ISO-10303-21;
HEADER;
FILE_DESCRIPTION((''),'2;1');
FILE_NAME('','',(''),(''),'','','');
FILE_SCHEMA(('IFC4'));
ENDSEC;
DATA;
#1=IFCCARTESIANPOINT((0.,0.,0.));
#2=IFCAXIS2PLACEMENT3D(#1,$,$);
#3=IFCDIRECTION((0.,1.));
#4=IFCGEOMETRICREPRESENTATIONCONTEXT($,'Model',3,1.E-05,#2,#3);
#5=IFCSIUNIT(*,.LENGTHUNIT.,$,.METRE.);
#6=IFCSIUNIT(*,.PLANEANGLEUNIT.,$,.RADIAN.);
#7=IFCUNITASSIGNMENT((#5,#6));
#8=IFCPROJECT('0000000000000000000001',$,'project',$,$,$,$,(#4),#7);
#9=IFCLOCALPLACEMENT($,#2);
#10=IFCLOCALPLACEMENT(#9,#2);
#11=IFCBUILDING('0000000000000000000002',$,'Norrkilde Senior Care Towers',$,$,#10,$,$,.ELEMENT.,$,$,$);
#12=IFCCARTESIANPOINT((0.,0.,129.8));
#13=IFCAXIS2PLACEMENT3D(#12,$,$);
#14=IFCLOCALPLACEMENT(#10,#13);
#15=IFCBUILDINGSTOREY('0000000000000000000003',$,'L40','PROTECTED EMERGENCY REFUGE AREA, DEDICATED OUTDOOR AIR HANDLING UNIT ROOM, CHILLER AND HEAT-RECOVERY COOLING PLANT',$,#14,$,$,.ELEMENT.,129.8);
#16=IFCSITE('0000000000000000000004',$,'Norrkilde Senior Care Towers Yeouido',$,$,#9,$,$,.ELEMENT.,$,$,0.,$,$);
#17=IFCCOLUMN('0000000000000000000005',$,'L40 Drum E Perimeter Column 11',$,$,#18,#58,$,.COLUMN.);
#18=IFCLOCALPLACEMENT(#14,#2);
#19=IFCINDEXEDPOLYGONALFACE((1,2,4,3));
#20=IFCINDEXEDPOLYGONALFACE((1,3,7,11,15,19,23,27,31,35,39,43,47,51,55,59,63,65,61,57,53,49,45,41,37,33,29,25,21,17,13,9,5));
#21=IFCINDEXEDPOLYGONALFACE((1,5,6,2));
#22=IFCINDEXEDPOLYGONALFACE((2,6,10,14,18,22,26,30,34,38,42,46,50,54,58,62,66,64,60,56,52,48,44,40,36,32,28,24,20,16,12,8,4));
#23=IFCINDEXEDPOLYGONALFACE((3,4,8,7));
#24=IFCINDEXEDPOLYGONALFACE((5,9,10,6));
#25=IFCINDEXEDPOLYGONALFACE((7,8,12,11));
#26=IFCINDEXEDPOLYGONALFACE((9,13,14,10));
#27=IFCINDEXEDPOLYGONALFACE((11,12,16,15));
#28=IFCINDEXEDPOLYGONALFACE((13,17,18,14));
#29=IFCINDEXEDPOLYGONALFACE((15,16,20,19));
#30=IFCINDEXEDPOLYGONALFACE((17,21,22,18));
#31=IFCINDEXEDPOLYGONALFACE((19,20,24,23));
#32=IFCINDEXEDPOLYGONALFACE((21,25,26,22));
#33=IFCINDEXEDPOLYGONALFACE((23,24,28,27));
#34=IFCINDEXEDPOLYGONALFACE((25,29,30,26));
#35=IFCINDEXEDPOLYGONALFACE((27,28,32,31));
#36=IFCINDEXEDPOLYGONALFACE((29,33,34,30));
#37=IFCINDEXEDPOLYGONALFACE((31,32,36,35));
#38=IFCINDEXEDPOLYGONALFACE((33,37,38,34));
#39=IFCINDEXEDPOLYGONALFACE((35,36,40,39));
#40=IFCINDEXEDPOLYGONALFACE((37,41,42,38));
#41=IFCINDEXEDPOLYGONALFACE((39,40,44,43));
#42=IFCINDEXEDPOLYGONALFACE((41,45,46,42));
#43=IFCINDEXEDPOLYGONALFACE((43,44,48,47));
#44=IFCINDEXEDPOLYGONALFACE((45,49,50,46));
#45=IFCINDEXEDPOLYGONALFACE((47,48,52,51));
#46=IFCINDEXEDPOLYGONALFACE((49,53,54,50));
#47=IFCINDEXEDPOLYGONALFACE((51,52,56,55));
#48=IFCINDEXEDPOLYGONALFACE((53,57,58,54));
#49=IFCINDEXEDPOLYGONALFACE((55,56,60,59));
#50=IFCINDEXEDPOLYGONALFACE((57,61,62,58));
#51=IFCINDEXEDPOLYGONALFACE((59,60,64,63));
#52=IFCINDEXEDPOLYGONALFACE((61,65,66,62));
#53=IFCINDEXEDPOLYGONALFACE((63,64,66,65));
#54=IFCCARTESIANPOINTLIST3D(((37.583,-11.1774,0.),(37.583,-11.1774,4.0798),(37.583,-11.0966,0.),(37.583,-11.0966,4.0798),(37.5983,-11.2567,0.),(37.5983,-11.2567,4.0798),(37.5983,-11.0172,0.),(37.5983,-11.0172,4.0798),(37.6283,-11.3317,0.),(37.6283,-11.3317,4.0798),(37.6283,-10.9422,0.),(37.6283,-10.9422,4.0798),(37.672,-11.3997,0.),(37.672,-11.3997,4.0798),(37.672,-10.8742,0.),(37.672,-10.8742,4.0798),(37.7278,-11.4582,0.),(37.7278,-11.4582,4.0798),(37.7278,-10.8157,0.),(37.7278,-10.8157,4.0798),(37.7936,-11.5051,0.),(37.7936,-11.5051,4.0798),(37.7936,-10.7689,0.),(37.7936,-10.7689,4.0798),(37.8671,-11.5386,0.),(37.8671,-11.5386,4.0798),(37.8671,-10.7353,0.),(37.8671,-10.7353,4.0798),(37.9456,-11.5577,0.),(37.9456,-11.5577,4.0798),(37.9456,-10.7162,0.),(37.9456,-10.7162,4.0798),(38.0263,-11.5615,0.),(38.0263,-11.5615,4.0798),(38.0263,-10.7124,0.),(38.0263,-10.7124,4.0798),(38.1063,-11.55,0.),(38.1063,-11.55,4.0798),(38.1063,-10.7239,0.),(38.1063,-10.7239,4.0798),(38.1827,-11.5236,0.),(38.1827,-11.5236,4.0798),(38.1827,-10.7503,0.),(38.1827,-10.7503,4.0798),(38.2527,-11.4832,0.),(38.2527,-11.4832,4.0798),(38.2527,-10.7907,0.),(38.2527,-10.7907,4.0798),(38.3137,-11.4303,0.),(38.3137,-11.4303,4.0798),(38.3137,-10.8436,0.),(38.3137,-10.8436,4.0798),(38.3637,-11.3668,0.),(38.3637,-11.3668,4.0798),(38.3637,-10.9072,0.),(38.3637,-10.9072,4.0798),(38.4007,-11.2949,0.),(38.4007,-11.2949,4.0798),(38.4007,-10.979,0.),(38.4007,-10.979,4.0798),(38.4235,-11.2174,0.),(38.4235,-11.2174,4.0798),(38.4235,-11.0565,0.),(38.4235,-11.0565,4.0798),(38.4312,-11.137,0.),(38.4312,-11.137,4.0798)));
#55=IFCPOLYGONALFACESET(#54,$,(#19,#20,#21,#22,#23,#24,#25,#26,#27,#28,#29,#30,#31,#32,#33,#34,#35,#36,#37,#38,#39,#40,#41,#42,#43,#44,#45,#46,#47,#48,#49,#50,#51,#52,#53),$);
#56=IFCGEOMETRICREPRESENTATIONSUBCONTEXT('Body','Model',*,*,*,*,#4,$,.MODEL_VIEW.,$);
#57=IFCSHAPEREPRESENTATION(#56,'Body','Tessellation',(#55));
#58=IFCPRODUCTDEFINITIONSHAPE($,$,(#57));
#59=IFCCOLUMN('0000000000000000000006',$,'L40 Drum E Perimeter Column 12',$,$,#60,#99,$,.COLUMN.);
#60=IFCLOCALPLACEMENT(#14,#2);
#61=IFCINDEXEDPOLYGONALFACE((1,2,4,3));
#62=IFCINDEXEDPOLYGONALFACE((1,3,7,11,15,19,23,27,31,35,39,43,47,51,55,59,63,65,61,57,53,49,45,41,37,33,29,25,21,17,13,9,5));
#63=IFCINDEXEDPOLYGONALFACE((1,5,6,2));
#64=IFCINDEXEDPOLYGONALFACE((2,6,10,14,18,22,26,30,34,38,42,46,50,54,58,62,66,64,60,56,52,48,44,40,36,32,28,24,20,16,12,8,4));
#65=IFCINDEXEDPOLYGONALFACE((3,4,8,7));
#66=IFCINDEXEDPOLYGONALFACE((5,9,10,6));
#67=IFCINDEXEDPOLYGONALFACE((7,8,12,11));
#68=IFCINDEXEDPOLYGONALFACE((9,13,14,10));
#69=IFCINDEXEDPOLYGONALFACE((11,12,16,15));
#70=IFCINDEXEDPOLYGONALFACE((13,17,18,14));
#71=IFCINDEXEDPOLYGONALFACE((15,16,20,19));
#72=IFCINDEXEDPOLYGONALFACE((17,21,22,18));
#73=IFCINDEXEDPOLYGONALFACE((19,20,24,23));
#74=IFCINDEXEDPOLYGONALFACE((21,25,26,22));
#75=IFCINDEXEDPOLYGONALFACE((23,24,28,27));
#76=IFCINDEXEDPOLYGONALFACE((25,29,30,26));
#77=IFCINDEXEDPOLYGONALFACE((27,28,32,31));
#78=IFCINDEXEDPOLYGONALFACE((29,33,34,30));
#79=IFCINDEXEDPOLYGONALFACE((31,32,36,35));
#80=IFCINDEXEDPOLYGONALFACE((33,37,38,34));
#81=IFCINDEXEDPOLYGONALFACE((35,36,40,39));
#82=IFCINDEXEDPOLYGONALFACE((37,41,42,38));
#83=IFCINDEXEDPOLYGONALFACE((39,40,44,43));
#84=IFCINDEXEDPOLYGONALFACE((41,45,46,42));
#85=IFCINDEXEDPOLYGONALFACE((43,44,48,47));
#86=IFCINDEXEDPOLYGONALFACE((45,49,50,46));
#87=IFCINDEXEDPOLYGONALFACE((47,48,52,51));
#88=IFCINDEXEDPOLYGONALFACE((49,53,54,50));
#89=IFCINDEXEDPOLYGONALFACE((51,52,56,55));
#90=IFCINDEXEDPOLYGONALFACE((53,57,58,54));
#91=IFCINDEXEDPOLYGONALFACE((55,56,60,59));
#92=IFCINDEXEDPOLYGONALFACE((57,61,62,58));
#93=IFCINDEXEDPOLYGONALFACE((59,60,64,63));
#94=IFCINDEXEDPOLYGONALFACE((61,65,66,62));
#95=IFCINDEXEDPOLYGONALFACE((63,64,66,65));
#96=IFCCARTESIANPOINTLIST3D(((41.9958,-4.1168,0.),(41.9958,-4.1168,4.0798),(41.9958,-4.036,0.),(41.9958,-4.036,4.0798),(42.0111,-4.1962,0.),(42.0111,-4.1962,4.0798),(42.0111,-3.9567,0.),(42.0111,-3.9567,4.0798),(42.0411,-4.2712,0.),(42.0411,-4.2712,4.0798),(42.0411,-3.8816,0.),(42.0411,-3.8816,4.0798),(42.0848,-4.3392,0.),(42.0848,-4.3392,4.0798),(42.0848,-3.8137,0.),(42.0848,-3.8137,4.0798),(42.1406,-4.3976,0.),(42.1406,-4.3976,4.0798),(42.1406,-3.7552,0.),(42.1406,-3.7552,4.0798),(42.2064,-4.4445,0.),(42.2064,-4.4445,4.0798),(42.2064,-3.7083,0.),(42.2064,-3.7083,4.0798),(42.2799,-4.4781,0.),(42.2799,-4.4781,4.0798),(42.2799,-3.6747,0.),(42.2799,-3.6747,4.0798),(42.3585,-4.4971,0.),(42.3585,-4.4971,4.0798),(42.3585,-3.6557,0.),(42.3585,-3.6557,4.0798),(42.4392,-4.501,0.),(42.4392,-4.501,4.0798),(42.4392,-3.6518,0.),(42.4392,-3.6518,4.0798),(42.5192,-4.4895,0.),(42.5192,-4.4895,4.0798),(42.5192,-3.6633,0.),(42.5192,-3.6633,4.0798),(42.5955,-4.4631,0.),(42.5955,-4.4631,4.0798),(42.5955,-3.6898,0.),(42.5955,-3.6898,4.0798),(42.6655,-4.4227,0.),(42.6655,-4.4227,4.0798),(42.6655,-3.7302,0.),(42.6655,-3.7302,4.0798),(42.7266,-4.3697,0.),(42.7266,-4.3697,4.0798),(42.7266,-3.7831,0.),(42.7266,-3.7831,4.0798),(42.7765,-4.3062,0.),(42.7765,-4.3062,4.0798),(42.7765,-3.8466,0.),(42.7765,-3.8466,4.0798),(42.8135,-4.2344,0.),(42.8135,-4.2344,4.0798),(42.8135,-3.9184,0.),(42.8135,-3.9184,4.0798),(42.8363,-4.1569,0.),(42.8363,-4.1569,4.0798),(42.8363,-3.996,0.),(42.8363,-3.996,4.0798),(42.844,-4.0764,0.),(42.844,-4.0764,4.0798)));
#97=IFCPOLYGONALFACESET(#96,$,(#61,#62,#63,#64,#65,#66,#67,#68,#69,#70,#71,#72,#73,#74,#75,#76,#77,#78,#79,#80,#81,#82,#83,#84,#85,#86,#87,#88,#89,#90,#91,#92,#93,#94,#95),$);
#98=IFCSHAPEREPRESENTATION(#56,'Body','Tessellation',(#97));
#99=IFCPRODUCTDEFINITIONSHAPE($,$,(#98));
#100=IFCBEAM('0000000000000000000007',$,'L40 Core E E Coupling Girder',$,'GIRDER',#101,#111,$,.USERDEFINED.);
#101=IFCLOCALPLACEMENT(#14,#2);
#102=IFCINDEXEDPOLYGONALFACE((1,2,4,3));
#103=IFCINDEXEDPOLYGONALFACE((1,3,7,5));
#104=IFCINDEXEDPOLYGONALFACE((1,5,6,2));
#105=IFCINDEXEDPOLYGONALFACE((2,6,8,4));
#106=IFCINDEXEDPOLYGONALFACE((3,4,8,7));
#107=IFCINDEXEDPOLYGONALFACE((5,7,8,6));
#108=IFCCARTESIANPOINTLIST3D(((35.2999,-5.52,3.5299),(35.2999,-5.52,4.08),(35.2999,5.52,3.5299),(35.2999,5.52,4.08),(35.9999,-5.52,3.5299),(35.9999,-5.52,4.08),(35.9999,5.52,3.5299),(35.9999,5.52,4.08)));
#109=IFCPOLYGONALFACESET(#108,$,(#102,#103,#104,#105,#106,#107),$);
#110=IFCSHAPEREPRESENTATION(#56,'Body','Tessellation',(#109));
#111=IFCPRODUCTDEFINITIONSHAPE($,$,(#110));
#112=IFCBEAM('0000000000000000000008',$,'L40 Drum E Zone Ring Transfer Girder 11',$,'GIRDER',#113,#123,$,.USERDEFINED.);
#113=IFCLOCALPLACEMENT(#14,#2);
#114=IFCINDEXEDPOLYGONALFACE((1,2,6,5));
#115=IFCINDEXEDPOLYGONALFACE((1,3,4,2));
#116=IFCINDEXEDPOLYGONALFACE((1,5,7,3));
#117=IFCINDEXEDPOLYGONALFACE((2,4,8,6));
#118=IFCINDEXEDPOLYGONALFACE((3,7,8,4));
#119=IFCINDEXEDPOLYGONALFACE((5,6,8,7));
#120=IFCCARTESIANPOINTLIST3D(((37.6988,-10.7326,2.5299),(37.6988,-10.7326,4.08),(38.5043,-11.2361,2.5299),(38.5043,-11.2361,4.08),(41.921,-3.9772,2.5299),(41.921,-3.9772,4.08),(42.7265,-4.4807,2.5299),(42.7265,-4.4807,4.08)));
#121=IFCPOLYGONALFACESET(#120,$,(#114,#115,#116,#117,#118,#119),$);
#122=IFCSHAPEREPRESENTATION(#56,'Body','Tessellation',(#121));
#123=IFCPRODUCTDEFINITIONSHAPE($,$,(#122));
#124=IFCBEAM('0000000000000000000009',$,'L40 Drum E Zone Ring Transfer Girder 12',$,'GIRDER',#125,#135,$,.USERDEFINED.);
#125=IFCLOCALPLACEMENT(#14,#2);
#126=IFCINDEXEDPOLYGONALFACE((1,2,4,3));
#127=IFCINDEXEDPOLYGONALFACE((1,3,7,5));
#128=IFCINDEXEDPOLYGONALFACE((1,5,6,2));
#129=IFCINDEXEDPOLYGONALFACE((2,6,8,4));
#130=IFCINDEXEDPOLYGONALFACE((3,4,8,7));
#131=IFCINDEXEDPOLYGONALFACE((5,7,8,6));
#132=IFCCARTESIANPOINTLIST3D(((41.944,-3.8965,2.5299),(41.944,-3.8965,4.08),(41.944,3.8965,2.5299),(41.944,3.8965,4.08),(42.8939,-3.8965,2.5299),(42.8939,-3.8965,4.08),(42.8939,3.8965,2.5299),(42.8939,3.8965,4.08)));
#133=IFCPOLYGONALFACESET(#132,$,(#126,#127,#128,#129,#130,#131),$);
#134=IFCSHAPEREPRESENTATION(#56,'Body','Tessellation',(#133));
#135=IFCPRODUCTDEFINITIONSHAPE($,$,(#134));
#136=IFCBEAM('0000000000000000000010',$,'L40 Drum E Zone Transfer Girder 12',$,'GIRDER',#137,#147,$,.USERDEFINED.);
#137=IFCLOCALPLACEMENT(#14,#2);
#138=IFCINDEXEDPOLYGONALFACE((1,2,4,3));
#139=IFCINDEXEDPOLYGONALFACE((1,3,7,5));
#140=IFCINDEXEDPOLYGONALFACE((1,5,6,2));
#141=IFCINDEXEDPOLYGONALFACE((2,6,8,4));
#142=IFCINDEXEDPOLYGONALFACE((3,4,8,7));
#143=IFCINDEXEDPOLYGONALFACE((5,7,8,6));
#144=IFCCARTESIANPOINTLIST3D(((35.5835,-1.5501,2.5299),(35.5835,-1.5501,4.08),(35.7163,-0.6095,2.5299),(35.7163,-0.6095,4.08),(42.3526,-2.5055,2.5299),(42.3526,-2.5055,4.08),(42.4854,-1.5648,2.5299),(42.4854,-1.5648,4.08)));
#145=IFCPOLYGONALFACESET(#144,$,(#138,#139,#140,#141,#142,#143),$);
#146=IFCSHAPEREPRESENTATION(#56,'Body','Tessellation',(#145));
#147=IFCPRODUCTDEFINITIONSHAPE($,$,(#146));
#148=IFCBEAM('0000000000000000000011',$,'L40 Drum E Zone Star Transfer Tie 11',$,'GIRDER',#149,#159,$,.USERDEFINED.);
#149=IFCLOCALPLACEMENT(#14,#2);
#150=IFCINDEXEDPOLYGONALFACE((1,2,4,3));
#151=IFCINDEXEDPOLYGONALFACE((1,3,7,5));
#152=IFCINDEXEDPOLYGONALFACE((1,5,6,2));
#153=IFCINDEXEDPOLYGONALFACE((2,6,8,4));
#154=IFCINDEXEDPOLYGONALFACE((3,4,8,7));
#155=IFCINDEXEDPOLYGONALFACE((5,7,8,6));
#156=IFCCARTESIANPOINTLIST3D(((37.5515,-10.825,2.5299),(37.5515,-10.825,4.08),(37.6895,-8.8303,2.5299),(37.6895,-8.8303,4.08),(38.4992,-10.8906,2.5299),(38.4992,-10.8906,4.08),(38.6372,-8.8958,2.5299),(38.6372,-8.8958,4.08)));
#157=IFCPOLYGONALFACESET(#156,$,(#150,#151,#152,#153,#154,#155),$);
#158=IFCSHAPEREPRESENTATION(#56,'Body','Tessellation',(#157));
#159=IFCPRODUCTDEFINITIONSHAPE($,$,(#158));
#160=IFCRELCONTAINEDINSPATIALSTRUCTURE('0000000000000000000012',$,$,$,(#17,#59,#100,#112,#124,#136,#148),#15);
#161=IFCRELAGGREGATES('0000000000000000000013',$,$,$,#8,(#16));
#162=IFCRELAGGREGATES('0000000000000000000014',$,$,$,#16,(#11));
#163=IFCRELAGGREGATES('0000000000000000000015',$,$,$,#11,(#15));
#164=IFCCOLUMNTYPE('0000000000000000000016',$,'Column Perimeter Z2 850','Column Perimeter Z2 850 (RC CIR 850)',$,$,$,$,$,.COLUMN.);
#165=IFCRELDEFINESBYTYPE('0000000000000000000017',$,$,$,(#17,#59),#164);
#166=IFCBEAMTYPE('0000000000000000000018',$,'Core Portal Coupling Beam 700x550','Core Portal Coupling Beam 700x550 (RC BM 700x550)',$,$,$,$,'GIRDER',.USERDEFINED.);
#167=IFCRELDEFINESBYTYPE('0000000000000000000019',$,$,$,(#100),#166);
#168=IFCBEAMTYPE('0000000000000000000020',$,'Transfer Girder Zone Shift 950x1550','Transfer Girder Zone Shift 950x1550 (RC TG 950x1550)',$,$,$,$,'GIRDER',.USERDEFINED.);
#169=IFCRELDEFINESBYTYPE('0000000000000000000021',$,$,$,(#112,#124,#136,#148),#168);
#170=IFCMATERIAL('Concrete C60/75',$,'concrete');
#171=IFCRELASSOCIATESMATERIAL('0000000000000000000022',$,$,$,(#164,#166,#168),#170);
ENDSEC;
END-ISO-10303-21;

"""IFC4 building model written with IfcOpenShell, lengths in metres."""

from ifc_helpers import new_model, si_unit, direction, frame, origin, origin_2d, place, context, subcontext, project, spatial, rectangle, circle, extrude, source, transform, mapped, material, material_profile, profile_set, type_object, type_shapes, element, save


model = new_model("IFC4")

# Units and contexts
model_context = context("Model", 3, precision=1e-05, world=origin(), true_north=direction((0.0, 1.0)))
body_context = subcontext(model_context, "Body", "Model", "MODEL_VIEW")
ifc_project = project(units=[si_unit("LENGTHUNIT", "METRE"), si_unit("PLANEANGLEUNIT", "RADIAN")], contexts=[model_context])

# Site, building, storey
site_placement = place(None, origin())
site = spatial("IfcSite", under=ifc_project, at=site_placement, Name="Norrkilde Senior Care Towers Yeouido", CompositionType="ELEMENT", RefElevation=0.0)
building_placement = place(site_placement, origin())
building = spatial("IfcBuilding", under=site, at=building_placement, Name="Norrkilde Senior Care Towers", CompositionType="ELEMENT")
storey_placement = place(building_placement, frame((0.0, 0.0, 129.8)))
storey = spatial("IfcBuildingStorey", under=building, at=storey_placement, Name="L40", Description="PROTECTED EMERGENCY REFUGE AREA, DEDICATED OUTDOOR AIR HANDLING UNIT ROOM, CHILLER AND HEAT-RECOVERY COOLING PLANT", CompositionType="ELEMENT", Elevation=129.8)

# Columns
ifc_material_1 = material(Name="Concrete C60/75", Category="concrete")
ifc_material_profile_1 = material_profile(ifc_material_1, circle(Radius=0.425, at=origin_2d()), Name="RC CIR 850")
ifc_profile_set_1 = profile_set([ifc_material_profile_1], Name="Concrete C60/75")
column_type = type_object("IfcColumnType", Name="Column Perimeter Z2 850", Description="Column Perimeter Z2 850 (RC CIR 850)", PredefinedType="COLUMN", material=ifc_profile_set_1)
shared_shape_1 = source(origin(), body_context, "Body", "SweptSolid", [
    extrude(circle(Radius=0.425, at=origin_2d()), origin(), (0.0, 0.0, 1.0), 4.0798),
])
type_shapes(column_type, [shared_shape_1])
for number, where, z_axis, x_axis, name in (
    (1, (38.0061, -11.137, 0.0), (0.0, 0.0, 1.0), (1.0, 0.0, 0.0), "L40 Drum E Perimeter Column 11"),
    (2, (42.4189, -4.0764, 0.0), (0.0, 0.0, 1.0), (1.0, 0.0, 0.0), "L40 Drum E Perimeter Column 12"),
):
    element("IfcColumn", number, at=place(storey_placement, frame(where, z_axis=z_axis, x_axis=x_axis)), inside=storey, type_object=column_type, Name=name, PredefinedType="COLUMN", context=body_context, shape_type="MappedRepresentation", body=[
        mapped(shared_shape_1, transform((0.0, 0.0, 0.0), x_axis=(1.0, 0.0, 0.0), y_axis=(0.0, 1.0, 0.0), z_axis=(0.0, 0.0, 1.0), scale=1.0)),
    ])

# Beams
ifc_material_profile_2 = material_profile(ifc_material_1, rectangle(XDim=0.7, YDim=0.55, at=origin_2d()), Name="RC BM 700x550")
ifc_profile_set_2 = profile_set([ifc_material_profile_2], Name="Concrete C60/75")
beam_type_1 = type_object("IfcBeamType", Name="Core Portal Coupling Beam 700x550", Description="Core Portal Coupling Beam 700x550 (RC BM 700x550)", ElementType="GIRDER", PredefinedType="USERDEFINED", material=ifc_profile_set_2)
shared_shape_2 = source(origin(), body_context, "Body", "SweptSolid", [
    extrude(rectangle(XDim=0.7, YDim=0.55, at=origin_2d()), origin(), (0.0, 0.0, 1.0), 11.04),
])
type_shapes(beam_type_1, [shared_shape_2])
beam_1_placement = place(storey_placement, frame((35.6499, -5.52, 3.8049), z_axis=(0.0, 1.0, 0.0), x_axis=(-1.0, 0.0, 0.0)))
element("IfcBeam", 3, at=beam_1_placement, inside=storey, type_object=beam_type_1, Name="L40 Core E E Coupling Girder", ObjectType="GIRDER", PredefinedType="USERDEFINED", context=body_context, shape_type="MappedRepresentation", body=[
    mapped(shared_shape_2, transform((0.0, 0.0, 0.0), x_axis=(1.0, 0.0, 0.0), y_axis=(0.0, 1.0, 0.0), z_axis=(0.0, 0.0, 1.0), scale=1.0)),
])
ifc_material_profile_3 = material_profile(ifc_material_1, rectangle(XDim=0.95, YDim=1.55, at=origin_2d()), Name="RC TG 950x1550")
ifc_profile_set_3 = profile_set([ifc_material_profile_3], Name="Concrete C60/75")
beam_type_2 = type_object("IfcBeamType", Name="Transfer Girder Zone Shift 950x1550", Description="Transfer Girder Zone Shift 950x1550 (RC TG 950x1550)", ElementType="GIRDER", PredefinedType="USERDEFINED", material=ifc_profile_set_3)
shared_shape_3 = source(origin(), body_context, "Body", "SweptSolid", [
    extrude(rectangle(XDim=0.95, YDim=1.55, at=origin_2d()), origin(), (0.0, 0.0, 1.0), 7.9663),
])
beam_2_placement = place(storey_placement, frame((38.1016, -10.9844, 3.3049), z_axis=(0.530004, 0.847995, 0.0), x_axis=(-0.847995, 0.530004, 0.0)))
element("IfcBeam", 4, at=beam_2_placement, inside=storey, type_object=beam_type_2, Name="L40 Drum E Zone Ring Transfer Girder 11", ObjectType="GIRDER", PredefinedType="USERDEFINED", context=body_context, shape_type="MappedRepresentation", body=[
    mapped(shared_shape_3, transform((0.0, 0.0, 0.0), x_axis=(1.0, 0.0, 0.0), y_axis=(0.0, 1.0, 0.0), z_axis=(0.0, 0.0, 1.0), scale=1.0)),
])
shared_shape_4 = source(origin(), body_context, "Body", "SweptSolid", [
    extrude(rectangle(XDim=0.95, YDim=1.55, at=origin_2d()), origin(), (0.0, 0.0, 1.0), 7.793),
])
beam_3_placement = place(storey_placement, frame((42.4189, -3.8965, 3.3049), z_axis=(0.0, 1.0, 0.0), x_axis=(-1.0, 0.0, 0.0)))
element("IfcBeam", 5, at=beam_3_placement, inside=storey, type_object=beam_type_2, Name="L40 Drum E Zone Ring Transfer Girder 12", ObjectType="GIRDER", PredefinedType="USERDEFINED", context=body_context, shape_type="MappedRepresentation", body=[
    mapped(shared_shape_4, transform((0.0, 0.0, 0.0), x_axis=(1.0, 0.0, 0.0), y_axis=(0.0, 1.0, 0.0), z_axis=(0.0, 0.0, 1.0), scale=1.0)),
])
shared_shape_5 = source(origin(), body_context, "Body", "SweptSolid", [
    extrude(rectangle(XDim=0.95, YDim=1.55, at=origin_2d()), origin(), (0.0, 0.0, 1.0), 6.8362),
])
beam_4_placement = place(storey_placement, frame((35.6499, -1.0798, 3.3049), z_axis=(0.990187, -0.139746, 0.0), x_axis=(0.139746, 0.990187, 0.0)))
element("IfcBeam", 6, at=beam_4_placement, inside=storey, type_object=beam_type_2, Name="L40 Drum E Zone Transfer Girder 12", ObjectType="GIRDER", PredefinedType="USERDEFINED", context=body_context, shape_type="MappedRepresentation", body=[
    mapped(shared_shape_5, transform((0.0, 0.0, 0.0), x_axis=(1.0, 0.0, 0.0), y_axis=(0.0, 1.0, 0.0), z_axis=(0.0, 0.0, 1.0), scale=1.0)),
])
shared_shape_6 = source(origin(), body_context, "Body", "SweptSolid", [
    extrude(rectangle(XDim=0.95, YDim=1.55, at=origin_2d()), origin(), (0.0, 0.0, 1.0), 1.9995),
])
type_shapes(beam_type_2, [shared_shape_3, shared_shape_4, shared_shape_5, shared_shape_6])
beam_5_placement = place(storey_placement, frame((38.1633, -8.863, 3.3049), z_axis=(-0.068991, -0.997617, 0.0), x_axis=(0.997617, -0.068991, 0.0)))
element("IfcBeam", 7, at=beam_5_placement, inside=storey, type_object=beam_type_2, Name="L40 Drum E Zone Star Transfer Tie 11", ObjectType="GIRDER", PredefinedType="USERDEFINED", context=body_context, shape_type="MappedRepresentation", body=[
    mapped(shared_shape_6, transform((0.0, 0.0, 0.0), x_axis=(1.0, 0.0, 0.0), y_axis=(0.0, 1.0, 0.0), z_axis=(0.0, 0.0, 1.0), scale=1.0)),
])

save(model, "model.ifc")
